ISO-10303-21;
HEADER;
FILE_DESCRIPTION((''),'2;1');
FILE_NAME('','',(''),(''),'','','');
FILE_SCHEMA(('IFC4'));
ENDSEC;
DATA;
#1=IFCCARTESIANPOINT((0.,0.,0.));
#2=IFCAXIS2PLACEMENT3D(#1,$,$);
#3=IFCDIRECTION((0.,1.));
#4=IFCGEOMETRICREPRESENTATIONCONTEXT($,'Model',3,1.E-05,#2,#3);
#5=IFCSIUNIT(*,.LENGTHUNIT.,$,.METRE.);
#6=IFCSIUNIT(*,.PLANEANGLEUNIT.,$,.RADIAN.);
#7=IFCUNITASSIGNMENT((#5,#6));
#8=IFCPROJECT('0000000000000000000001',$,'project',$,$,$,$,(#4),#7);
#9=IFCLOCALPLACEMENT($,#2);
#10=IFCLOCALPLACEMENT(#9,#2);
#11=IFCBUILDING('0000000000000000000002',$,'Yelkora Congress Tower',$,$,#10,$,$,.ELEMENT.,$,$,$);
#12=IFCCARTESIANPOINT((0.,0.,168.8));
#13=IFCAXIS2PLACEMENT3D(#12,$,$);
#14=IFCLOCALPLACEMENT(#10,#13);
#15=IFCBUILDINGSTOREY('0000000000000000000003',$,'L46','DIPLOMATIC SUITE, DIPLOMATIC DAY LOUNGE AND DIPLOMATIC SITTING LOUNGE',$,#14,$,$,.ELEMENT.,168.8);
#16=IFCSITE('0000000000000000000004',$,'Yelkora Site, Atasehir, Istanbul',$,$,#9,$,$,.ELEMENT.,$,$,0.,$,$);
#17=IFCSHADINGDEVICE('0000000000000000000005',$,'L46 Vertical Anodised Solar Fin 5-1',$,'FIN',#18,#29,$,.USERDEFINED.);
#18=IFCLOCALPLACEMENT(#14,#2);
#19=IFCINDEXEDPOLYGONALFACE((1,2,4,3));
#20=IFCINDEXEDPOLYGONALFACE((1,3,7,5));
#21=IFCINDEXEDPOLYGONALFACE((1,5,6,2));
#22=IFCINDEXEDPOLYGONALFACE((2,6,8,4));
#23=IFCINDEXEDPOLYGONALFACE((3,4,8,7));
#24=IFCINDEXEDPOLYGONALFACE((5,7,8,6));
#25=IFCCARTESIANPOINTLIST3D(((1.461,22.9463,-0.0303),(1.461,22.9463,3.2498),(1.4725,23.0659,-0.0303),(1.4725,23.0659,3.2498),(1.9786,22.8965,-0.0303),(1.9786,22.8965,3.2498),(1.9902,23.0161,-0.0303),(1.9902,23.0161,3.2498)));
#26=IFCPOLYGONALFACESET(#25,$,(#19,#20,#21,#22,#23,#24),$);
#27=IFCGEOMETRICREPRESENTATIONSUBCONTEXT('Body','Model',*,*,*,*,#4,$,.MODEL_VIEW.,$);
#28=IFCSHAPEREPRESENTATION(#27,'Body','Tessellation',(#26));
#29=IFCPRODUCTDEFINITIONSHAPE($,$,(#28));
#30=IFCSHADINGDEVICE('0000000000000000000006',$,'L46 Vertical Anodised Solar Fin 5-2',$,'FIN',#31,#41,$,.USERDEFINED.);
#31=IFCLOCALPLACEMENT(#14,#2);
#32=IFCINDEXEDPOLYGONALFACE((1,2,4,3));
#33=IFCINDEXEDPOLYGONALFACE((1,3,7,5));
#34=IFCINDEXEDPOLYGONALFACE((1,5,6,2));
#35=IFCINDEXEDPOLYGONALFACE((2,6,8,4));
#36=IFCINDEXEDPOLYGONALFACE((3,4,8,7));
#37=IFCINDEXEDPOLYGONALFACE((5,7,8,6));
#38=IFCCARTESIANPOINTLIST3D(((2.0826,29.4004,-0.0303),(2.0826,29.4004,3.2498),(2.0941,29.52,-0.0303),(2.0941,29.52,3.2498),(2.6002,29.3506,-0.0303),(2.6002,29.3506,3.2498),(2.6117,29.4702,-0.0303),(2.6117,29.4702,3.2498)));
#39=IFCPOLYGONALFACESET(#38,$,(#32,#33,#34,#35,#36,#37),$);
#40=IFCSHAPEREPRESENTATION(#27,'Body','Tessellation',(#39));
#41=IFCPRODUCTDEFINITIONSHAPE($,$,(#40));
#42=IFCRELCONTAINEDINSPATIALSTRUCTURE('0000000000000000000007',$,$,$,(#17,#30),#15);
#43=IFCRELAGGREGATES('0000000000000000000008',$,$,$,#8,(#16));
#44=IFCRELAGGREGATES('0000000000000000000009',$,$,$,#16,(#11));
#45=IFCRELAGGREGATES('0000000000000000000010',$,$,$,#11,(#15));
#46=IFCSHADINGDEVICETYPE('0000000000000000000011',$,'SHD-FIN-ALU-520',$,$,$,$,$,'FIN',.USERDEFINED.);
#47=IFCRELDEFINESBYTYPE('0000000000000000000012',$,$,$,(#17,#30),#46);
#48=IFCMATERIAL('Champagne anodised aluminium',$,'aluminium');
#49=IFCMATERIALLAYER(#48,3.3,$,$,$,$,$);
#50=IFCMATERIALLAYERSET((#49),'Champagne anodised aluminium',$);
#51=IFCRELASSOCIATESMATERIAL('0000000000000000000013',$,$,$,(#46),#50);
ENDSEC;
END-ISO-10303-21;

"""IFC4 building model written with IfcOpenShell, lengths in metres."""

from ifc_helpers import new_model, si_unit, direction, frame, origin, origin_2d, place, context, subcontext, project, spatial, rectangle, extrude, material, layer, layer_set, type_object, element, save


model = new_model("IFC4")

# Units and contexts
model_context = context("Model", 3, precision=1e-05, world=origin(), true_north=direction((0.0, 1.0)))
body_context = subcontext(model_context, "Body", "Model", "MODEL_VIEW")
ifc_project = project(units=[si_unit("LENGTHUNIT", "METRE"), si_unit("PLANEANGLEUNIT", "RADIAN")], contexts=[model_context])

# Site, building, storey
site_placement = place(None, origin())
site = spatial("IfcSite", under=ifc_project, at=site_placement, Name="Yelkora Site, Atasehir, Istanbul", CompositionType="ELEMENT", RefElevation=0.0)
building_placement = place(site_placement, origin())
building = spatial("IfcBuilding", under=site, at=building_placement, Name="Yelkora Congress Tower", CompositionType="ELEMENT")
storey_placement = place(building_placement, frame((0.0, 0.0, 168.8)))
storey = spatial("IfcBuildingStorey", under=building, at=storey_placement, Name="L46", Description="DIPLOMATIC SUITE, DIPLOMATIC DAY LOUNGE AND DIPLOMATIC SITTING LOUNGE", CompositionType="ELEMENT", Elevation=168.8)

# Shading devices
ifc_material_1 = material(Name="Champagne anodised aluminium", Category="aluminium")
ifc_layer_1 = layer(ifc_material_1, 3.3)
ifc_layer_set_1 = layer_set([ifc_layer_1], Name="Champagne anodised aluminium")
shading_device_type = type_object("IfcShadingDeviceType", Name="SHD-FIN-ALU-520", ElementType="FIN", PredefinedType="USERDEFINED", material=ifc_layer_set_1)
for number, where, z_axis, x_axis, name in (
    (1, (1.7256, 22.9812, -0.0303), (0.0, 0.0, 1.0), (0.095846, 0.995396, 0.0), "L46 Vertical Anodised Solar Fin 5-1"),
    (2, (2.3472, 29.4353, -0.0303), (0.0, 0.0, 1.0), (0.095846, 0.995396, 0.0), "L46 Vertical Anodised Solar Fin 5-2"),
):
    element("IfcShadingDevice", number, at=place(storey_placement, frame(where, z_axis=z_axis, x_axis=x_axis)), inside=storey, type_object=shading_device_type, Name=name, ObjectType="FIN", PredefinedType="USERDEFINED", context=body_context, shape_type="SweptSolid", body=[
        extrude(rectangle(XDim=0.1201, YDim=0.52, at=origin_2d()), origin(), (0.0, 0.0, 1.0), 3.28),
    ])

save(model, "model.ifc")
